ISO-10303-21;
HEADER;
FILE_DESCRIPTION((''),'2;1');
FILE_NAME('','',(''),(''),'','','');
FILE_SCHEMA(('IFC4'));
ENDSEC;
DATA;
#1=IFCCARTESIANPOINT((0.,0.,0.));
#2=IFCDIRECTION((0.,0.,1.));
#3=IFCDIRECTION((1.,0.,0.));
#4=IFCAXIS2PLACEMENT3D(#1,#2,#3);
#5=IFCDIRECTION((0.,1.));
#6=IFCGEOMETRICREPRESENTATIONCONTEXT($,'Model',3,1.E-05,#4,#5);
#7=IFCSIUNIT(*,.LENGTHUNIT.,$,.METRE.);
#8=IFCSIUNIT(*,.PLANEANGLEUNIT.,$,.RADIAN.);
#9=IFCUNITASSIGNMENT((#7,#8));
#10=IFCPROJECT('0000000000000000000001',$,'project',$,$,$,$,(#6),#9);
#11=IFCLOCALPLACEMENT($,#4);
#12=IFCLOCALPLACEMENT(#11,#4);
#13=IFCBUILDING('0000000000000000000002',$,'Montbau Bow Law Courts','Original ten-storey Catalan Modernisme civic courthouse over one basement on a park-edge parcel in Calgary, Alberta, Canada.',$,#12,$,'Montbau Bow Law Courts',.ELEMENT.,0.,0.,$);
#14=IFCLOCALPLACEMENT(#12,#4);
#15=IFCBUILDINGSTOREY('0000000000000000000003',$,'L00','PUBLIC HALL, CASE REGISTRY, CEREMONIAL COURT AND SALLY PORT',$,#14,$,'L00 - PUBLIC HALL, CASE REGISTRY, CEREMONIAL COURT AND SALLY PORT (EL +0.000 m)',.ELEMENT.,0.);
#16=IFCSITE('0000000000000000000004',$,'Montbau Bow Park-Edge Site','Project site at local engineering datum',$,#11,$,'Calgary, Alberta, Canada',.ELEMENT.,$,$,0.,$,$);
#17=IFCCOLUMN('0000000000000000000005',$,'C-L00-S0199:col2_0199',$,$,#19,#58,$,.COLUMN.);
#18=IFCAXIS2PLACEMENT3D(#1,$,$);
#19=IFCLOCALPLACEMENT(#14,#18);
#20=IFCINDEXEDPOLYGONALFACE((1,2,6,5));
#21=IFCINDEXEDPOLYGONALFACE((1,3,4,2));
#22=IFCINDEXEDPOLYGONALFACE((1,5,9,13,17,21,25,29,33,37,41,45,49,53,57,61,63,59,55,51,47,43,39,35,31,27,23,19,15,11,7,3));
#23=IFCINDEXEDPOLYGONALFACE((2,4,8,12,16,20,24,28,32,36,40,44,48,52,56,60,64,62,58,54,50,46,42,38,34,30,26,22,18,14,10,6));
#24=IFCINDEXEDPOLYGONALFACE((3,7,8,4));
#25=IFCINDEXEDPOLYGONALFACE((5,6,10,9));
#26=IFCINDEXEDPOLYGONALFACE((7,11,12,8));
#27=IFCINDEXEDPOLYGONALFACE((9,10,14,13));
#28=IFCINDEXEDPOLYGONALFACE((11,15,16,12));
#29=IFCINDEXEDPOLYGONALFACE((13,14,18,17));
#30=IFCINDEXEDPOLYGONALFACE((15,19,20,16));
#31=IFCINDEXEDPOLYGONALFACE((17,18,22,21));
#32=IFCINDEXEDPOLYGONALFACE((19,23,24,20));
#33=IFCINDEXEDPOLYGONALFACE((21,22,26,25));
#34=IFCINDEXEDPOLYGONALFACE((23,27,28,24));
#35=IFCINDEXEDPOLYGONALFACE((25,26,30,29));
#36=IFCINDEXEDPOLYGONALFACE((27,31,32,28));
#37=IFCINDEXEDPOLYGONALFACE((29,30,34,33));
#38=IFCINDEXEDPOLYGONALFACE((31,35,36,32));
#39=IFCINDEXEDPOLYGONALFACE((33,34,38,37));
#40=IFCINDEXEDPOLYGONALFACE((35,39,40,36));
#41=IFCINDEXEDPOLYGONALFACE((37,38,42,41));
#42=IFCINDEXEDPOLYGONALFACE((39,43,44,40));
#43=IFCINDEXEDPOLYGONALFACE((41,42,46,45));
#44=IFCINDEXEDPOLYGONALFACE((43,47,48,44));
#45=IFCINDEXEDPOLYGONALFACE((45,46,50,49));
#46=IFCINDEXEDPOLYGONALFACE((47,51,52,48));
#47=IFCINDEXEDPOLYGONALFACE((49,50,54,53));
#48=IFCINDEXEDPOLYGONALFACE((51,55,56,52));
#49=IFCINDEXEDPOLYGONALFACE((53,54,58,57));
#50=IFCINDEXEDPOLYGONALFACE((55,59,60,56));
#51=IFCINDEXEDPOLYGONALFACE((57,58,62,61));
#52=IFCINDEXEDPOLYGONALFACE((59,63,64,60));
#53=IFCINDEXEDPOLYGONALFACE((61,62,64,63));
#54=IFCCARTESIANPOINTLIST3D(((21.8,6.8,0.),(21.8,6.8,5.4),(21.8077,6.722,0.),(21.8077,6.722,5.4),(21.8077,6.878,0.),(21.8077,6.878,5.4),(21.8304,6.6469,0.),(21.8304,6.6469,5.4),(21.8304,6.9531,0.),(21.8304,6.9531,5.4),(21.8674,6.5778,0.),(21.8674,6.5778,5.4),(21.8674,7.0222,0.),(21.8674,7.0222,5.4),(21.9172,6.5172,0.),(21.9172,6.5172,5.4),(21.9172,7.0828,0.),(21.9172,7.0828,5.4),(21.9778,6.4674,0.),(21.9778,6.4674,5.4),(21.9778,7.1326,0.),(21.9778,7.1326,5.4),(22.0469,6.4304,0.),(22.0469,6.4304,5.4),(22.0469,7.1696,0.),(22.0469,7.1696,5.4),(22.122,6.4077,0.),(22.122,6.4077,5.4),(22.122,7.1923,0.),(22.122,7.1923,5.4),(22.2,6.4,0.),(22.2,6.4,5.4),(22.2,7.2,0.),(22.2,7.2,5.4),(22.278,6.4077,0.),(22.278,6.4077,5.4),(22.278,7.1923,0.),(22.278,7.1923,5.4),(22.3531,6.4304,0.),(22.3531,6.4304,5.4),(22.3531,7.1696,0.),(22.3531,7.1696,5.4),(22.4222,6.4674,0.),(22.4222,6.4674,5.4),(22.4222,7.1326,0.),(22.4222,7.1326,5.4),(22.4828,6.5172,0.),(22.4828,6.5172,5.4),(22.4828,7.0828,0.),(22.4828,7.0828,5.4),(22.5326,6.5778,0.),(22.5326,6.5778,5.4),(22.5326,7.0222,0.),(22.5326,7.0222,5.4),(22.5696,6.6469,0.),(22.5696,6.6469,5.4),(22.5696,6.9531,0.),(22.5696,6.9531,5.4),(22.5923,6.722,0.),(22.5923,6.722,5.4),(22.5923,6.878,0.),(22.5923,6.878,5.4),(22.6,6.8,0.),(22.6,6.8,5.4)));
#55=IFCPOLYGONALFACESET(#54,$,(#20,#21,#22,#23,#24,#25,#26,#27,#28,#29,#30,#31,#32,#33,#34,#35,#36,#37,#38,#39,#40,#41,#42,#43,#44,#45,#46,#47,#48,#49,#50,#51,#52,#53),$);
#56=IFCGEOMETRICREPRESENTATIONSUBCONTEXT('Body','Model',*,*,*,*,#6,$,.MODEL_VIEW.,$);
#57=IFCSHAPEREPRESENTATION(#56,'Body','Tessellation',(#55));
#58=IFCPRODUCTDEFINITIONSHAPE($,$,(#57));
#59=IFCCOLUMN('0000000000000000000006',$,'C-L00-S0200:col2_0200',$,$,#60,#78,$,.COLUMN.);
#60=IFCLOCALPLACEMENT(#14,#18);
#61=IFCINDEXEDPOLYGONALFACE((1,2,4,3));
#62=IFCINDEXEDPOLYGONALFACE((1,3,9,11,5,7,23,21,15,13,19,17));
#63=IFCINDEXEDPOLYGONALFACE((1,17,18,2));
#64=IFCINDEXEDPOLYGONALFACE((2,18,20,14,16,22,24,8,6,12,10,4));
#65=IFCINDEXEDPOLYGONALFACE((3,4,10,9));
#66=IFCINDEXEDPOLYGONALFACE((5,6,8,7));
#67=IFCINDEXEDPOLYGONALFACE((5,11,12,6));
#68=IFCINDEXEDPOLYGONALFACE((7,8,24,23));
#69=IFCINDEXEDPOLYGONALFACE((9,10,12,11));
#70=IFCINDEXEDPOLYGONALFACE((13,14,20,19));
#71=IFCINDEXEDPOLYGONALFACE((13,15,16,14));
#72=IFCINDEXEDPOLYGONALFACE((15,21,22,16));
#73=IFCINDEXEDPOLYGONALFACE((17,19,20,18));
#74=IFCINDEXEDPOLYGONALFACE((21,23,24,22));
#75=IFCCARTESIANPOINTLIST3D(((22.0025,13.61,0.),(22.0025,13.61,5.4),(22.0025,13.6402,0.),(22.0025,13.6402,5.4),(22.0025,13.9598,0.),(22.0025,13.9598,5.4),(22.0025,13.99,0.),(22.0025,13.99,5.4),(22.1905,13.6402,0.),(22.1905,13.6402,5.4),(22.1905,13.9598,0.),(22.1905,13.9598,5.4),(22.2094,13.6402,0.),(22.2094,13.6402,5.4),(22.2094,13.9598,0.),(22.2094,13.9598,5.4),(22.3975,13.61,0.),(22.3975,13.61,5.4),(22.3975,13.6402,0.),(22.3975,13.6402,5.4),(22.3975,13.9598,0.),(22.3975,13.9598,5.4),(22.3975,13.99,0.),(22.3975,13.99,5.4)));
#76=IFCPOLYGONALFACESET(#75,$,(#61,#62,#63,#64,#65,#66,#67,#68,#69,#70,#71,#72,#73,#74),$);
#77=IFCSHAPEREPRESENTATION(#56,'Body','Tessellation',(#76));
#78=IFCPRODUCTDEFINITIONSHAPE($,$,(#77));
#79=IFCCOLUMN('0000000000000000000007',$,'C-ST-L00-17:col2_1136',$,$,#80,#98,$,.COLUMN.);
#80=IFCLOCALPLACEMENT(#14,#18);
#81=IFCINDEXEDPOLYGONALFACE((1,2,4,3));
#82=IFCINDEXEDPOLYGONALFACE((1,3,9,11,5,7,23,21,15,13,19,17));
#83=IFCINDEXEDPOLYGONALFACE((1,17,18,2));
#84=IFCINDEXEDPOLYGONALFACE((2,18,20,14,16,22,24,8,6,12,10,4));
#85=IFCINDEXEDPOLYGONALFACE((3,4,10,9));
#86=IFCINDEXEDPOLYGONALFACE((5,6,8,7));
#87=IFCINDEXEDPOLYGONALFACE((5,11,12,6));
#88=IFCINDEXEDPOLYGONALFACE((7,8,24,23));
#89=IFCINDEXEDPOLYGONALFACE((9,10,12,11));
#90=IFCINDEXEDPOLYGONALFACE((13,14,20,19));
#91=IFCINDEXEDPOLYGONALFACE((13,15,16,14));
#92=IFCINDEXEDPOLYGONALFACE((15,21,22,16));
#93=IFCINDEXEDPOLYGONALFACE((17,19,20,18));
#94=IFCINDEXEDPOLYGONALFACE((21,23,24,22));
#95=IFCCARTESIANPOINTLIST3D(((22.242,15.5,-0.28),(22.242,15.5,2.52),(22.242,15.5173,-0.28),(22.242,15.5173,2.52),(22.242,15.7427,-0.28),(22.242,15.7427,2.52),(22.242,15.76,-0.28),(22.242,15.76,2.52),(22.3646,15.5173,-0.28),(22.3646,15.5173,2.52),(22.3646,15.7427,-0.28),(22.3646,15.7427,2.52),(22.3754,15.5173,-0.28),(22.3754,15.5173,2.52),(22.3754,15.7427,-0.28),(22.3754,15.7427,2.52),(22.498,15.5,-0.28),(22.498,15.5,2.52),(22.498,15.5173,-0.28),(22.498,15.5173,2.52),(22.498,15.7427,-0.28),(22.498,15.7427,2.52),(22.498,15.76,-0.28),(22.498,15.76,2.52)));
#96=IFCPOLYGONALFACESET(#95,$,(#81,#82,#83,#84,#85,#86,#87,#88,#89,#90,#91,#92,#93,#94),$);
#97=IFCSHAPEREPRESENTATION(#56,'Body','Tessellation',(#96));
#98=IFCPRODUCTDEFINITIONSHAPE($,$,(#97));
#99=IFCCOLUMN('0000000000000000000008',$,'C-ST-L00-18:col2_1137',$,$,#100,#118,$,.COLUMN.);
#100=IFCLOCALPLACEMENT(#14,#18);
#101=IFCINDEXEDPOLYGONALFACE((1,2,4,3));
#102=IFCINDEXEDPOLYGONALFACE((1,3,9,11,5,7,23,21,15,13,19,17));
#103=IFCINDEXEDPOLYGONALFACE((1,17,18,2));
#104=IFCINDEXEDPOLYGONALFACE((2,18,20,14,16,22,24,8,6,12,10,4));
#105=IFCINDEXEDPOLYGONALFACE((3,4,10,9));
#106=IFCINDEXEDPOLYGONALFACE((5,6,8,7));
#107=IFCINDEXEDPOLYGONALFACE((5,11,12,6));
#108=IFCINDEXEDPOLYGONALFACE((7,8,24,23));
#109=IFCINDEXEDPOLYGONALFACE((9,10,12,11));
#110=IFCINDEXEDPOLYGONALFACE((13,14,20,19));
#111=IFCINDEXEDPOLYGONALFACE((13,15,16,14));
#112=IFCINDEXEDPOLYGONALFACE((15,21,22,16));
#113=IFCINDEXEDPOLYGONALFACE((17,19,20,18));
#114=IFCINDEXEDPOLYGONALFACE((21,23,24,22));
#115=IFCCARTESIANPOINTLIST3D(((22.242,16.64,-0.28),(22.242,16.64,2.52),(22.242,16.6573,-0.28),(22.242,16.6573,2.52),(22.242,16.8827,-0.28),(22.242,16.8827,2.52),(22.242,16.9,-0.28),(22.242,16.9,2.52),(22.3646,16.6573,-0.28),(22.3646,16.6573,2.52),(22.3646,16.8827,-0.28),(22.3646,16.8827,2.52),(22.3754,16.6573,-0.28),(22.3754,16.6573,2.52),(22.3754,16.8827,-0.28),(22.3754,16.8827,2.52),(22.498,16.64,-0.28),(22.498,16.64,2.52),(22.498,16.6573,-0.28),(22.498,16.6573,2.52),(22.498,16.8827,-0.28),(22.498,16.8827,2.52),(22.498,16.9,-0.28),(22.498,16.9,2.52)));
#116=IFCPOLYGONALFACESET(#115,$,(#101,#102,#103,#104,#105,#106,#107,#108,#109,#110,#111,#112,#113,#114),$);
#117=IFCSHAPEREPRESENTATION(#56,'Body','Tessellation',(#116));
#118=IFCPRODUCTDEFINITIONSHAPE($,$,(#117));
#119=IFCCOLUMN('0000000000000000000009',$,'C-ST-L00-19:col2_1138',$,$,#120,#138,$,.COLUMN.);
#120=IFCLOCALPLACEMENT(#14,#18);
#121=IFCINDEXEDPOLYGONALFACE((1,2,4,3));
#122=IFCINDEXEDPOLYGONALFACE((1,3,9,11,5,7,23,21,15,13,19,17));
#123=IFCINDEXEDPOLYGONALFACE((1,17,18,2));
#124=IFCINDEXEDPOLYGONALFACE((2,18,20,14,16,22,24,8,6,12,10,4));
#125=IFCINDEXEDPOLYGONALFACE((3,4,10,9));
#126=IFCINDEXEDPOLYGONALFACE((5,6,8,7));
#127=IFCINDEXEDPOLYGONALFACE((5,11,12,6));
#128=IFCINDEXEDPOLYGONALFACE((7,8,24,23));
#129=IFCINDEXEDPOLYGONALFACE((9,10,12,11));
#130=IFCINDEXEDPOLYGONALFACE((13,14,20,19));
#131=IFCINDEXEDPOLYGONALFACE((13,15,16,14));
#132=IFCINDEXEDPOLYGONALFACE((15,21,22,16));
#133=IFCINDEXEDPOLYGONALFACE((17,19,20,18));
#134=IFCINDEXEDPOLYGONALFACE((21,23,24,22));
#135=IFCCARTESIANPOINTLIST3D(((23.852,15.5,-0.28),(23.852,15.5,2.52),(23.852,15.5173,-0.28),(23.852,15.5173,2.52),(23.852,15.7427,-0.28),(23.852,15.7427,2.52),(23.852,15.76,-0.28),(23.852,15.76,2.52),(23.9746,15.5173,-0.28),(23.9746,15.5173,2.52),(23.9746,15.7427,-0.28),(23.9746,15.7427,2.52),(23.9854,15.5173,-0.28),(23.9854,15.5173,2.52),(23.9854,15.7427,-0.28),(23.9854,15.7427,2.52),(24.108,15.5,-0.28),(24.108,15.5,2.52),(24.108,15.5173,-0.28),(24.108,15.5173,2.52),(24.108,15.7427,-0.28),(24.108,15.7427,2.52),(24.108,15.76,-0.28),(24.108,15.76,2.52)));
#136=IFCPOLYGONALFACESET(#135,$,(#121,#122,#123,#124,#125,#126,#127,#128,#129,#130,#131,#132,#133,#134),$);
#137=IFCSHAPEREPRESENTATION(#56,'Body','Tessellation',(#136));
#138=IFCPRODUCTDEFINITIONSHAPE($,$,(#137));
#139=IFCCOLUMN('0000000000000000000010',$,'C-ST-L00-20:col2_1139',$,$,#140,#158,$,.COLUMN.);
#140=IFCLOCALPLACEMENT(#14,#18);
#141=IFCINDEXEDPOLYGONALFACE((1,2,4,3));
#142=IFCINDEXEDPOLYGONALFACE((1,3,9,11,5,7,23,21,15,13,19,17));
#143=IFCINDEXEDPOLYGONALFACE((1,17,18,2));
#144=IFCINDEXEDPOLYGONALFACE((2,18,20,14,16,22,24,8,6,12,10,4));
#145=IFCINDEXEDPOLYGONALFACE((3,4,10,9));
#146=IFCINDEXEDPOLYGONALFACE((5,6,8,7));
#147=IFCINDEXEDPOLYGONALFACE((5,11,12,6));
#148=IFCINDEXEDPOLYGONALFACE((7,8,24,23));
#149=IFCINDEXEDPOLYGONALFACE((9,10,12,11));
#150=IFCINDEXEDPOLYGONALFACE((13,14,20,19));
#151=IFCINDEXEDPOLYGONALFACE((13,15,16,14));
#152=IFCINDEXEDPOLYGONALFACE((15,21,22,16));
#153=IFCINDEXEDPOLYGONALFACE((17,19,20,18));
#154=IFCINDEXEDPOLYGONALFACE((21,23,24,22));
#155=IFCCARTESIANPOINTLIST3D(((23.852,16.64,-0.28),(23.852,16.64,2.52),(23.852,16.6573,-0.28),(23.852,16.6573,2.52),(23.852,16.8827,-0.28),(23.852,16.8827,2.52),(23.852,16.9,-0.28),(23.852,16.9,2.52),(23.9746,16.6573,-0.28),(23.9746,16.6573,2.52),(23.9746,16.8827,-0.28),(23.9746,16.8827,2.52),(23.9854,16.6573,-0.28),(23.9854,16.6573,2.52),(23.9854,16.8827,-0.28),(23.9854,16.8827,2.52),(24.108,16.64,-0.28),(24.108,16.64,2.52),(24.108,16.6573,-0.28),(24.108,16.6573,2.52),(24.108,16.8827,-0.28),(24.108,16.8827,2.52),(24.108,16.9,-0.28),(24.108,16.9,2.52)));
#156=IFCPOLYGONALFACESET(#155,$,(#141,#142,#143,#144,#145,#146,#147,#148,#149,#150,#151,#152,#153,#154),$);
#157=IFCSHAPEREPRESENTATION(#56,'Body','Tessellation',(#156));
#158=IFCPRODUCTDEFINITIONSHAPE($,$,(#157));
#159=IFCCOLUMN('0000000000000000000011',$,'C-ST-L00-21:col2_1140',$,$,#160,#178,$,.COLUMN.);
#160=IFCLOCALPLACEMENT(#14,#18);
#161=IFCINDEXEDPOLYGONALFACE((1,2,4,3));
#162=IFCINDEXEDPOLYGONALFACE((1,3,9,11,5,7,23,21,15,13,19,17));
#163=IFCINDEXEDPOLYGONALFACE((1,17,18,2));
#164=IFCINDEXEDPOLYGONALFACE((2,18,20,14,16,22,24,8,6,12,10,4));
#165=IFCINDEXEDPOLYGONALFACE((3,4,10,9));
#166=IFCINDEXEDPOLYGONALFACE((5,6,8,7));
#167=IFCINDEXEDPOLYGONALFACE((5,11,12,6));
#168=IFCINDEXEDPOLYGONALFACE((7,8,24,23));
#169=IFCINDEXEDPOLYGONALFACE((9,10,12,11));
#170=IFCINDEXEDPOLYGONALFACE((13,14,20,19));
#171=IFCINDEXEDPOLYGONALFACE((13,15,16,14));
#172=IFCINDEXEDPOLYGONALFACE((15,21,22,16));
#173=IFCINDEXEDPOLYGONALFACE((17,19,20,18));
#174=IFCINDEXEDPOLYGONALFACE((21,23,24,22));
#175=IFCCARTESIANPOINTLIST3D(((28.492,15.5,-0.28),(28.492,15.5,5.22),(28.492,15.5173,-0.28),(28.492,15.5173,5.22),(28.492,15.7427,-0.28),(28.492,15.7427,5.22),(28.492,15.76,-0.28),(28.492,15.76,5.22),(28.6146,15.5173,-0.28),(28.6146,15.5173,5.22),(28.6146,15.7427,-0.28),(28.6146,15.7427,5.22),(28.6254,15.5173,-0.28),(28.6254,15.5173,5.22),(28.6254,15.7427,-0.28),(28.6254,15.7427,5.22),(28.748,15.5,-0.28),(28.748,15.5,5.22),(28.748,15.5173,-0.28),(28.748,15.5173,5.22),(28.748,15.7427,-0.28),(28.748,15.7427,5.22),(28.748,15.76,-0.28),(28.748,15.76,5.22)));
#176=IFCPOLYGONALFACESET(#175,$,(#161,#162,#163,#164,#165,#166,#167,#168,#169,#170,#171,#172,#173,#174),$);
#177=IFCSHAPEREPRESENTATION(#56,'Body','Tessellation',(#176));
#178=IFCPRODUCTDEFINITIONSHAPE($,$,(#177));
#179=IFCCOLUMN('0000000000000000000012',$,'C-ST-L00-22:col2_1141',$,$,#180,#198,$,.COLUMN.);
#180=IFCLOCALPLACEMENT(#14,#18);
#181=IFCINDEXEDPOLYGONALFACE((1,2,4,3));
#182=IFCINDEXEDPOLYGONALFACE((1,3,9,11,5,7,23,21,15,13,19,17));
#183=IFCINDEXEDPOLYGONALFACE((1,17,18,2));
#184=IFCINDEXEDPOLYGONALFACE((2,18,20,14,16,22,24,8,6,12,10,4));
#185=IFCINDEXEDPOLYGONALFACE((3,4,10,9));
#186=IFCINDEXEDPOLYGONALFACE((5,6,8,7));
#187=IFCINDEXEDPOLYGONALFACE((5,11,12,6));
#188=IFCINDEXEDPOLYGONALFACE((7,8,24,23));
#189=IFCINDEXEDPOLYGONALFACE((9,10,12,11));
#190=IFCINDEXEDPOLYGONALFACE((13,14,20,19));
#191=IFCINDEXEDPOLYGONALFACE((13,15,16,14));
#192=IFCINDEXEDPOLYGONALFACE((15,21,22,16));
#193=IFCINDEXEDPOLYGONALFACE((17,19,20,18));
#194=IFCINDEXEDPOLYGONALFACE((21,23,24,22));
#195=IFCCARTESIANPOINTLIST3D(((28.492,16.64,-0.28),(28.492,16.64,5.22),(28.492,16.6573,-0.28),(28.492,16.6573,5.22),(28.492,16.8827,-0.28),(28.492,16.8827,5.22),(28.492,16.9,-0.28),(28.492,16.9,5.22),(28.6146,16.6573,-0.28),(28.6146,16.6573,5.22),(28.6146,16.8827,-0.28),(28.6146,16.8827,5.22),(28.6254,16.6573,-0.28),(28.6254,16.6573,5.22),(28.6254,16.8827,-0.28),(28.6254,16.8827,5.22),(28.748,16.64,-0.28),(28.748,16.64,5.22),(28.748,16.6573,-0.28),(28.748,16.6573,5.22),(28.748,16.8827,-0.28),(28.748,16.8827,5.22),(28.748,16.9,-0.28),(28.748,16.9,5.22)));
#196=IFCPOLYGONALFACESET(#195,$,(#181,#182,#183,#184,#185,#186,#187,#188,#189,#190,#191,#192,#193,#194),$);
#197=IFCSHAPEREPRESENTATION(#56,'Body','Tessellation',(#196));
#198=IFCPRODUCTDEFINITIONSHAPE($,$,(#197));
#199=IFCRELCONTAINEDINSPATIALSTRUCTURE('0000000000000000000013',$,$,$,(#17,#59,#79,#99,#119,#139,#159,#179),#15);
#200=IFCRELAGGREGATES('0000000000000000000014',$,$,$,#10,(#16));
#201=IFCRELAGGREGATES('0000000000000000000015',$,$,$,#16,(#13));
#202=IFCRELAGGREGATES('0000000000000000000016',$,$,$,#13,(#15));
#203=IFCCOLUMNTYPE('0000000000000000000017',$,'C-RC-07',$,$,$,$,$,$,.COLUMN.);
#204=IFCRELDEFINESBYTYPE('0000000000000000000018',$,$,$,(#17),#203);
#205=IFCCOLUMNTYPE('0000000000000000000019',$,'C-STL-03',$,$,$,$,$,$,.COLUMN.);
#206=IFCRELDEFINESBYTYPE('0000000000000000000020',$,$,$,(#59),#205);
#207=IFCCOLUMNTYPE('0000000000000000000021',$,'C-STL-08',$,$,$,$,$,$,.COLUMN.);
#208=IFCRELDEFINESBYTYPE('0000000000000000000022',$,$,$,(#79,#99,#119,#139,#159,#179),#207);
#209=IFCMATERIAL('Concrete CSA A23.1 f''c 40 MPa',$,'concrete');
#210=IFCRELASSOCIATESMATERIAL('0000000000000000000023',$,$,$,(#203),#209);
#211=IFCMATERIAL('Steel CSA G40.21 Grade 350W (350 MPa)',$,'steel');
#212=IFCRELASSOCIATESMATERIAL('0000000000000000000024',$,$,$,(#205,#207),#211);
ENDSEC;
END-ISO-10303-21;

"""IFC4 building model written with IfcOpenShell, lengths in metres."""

from ifc_helpers import new_model, si_unit, direction, frame, origin_with_axes, origin_2d_with_axis, place, context, subcontext, project, spatial, circle, i_section, extrude, material, material_profile, profile_set, type_object, element, save


model = new_model("IFC4")

# Units and contexts
model_context = context("Model", 3, precision=1e-05, world=origin_with_axes(), true_north=direction((0.0, 1.0)))
body_context = subcontext(model_context, "Body", "Model", "MODEL_VIEW")
ifc_project = project(units=[si_unit("LENGTHUNIT", "METRE"), si_unit("PLANEANGLEUNIT", "RADIAN")], contexts=[model_context])

# Site, building, storey
site_placement = place(None, origin_with_axes())
site = spatial("IfcSite", under=ifc_project, at=site_placement, Name="Montbau Bow Park-Edge Site", Description="Project site at local engineering datum", LongName="Calgary, Alberta, Canada", CompositionType="ELEMENT", RefElevation=0.0)
building_placement = place(site_placement, origin_with_axes())
building = spatial("IfcBuilding", under=site, at=building_placement, Name="Montbau Bow Law Courts", Description="Original ten-storey Catalan Modernisme civic courthouse over one basement on a park-edge parcel in Calgary, Alberta, Canada.", LongName="Montbau Bow Law Courts", CompositionType="ELEMENT", ElevationOfRefHeight=0.0, ElevationOfTerrain=0.0)
storey_placement = place(building_placement, origin_with_axes())
storey = spatial("IfcBuildingStorey", under=building, at=storey_placement, Name="L00", Description="PUBLIC HALL, CASE REGISTRY, CEREMONIAL COURT AND SALLY PORT", LongName="L00 - PUBLIC HALL, CASE REGISTRY, CEREMONIAL COURT AND SALLY PORT (EL +0.000 m)", CompositionType="ELEMENT", Elevation=0.0)

# Columns
ifc_material_1 = material(Name="Concrete CSA A23.1 f'c 40 MPa", Category="concrete")
ifc_material_profile_1 = material_profile(ifc_material_1, circle(Radius=0.4, at=origin_2d_with_axis()), Name="RC800D", Category="Main", Priority=0)
ifc_profile_set_1 = profile_set([ifc_material_profile_1], Name="Concrete CSA A23.1 f'c 40 MPa")
column_type_1 = type_object("IfcColumnType", Name="C-RC-07", PredefinedType="COLUMN", material=ifc_profile_set_1)
column_1_placement = place(None, frame((22.2, 6.8, 0.0), z_axis=(0.0, 0.0, 1.0), x_axis=(1.0, 0.0, 0.0)))
element("IfcColumn", 1, at=column_1_placement, inside=storey, type_object=column_type_1, Name="C-L00-S0199:col2_0199", PredefinedType="COLUMN", context=body_context, shape_type="SweptSolid", body=[
    extrude(circle(Radius=0.4, at=origin_2d_with_axis()), origin_with_axes(), (0.0, 0.0, 1.0), 5.4),
])
ifc_material_2 = material(Name="Steel CSA G40.21 Grade 350W (350 MPa)", Category="steel")
ifc_material_profile_2 = material_profile(ifc_material_2, i_section(OverallWidth=0.395, OverallDepth=0.38, WebThickness=0.0189, FlangeThickness=0.0302, at=origin_2d_with_axis()), Name="W360X237", Category="Main", Priority=0)
ifc_profile_set_2 = profile_set([ifc_material_profile_2], Name="Steel CSA G40.21 Grade 350W (350 MPa)")
column_type_2 = type_object("IfcColumnType", Name="C-STL-03", PredefinedType="COLUMN", material=ifc_profile_set_2)
column_2_placement = place(None, frame((22.2, 13.8, 0.0), z_axis=(0.0, 0.0, 1.0), x_axis=(1.0, 0.0, 0.0)))
element("IfcColumn", 2, at=column_2_placement, inside=storey, type_object=column_type_2, Name="C-L00-S0200:col2_0200", PredefinedType="COLUMN", context=body_context, shape_type="SweptSolid", body=[
    extrude(i_section(OverallWidth=0.395, OverallDepth=0.38, WebThickness=0.0189, FlangeThickness=0.0302, at=origin_2d_with_axis()), origin_with_axes(), (0.0, 0.0, 1.0), 5.4),
])
ifc_material_profile_3 = material_profile(ifc_material_2, i_section(OverallWidth=0.256, OverallDepth=0.26, WebThickness=0.0107, FlangeThickness=0.0173, at=origin_2d_with_axis()), Name="W250X89", Category="Main", Priority=0)
ifc_profile_set_3 = profile_set([ifc_material_profile_3], Name="Steel CSA G40.21 Grade 350W (350 MPa)")
column_type_3 = type_object("IfcColumnType", Name="C-STL-08", PredefinedType="COLUMN", material=ifc_profile_set_3)
for number, where, z_axis, x_axis, name in (
    (3, (22.37, 15.63, -0.28), (0.0, 0.0, 1.0), (1.0, 0.0, 0.0), "C-ST-L00-17:col2_1136"),
    (4, (22.37, 16.77, -0.28), (0.0, 0.0, 1.0), (1.0, 0.0, 0.0), "C-ST-L00-18:col2_1137"),
    (5, (23.98, 15.63, -0.28), (0.0, 0.0, 1.0), (1.0, 0.0, 0.0), "C-ST-L00-19:col2_1138"),
    (6, (23.98, 16.77, -0.28), (0.0, 0.0, 1.0), (1.0, 0.0, 0.0), "C-ST-L00-20:col2_1139"),
):
    element("IfcColumn", number, at=place(None, frame(where, z_axis=z_axis, x_axis=x_axis)), inside=storey, type_object=column_type_3, Name=name, PredefinedType="COLUMN", context=body_context, shape_type="SweptSolid", body=[
        extrude(i_section(OverallWidth=0.256, OverallDepth=0.26, WebThickness=0.0107, FlangeThickness=0.0173, at=origin_2d_with_axis()), origin_with_axes(), (0.0, 0.0, 1.0), 2.8),
    ])
for number, where, z_axis, x_axis, name in (
    (7, (28.62, 15.63, -0.28), (0.0, 0.0, 1.0), (1.0, 0.0, 0.0), "C-ST-L00-21:col2_1140"),
    (8, (28.62, 16.77, -0.28), (0.0, 0.0, 1.0), (1.0, 0.0, 0.0), "C-ST-L00-22:col2_1141"),
):
    element("IfcColumn", number, at=place(None, frame(where, z_axis=z_axis, x_axis=x_axis)), inside=storey, type_object=column_type_3, Name=name, PredefinedType="COLUMN", context=body_context, shape_type="SweptSolid", body=[
        extrude(i_section(OverallWidth=0.256, OverallDepth=0.26, WebThickness=0.0107, FlangeThickness=0.0173, at=origin_2d_with_axis()), origin_with_axes(), (0.0, 0.0, 1.0), 5.5),
    ])

save(model, "model.ifc")
